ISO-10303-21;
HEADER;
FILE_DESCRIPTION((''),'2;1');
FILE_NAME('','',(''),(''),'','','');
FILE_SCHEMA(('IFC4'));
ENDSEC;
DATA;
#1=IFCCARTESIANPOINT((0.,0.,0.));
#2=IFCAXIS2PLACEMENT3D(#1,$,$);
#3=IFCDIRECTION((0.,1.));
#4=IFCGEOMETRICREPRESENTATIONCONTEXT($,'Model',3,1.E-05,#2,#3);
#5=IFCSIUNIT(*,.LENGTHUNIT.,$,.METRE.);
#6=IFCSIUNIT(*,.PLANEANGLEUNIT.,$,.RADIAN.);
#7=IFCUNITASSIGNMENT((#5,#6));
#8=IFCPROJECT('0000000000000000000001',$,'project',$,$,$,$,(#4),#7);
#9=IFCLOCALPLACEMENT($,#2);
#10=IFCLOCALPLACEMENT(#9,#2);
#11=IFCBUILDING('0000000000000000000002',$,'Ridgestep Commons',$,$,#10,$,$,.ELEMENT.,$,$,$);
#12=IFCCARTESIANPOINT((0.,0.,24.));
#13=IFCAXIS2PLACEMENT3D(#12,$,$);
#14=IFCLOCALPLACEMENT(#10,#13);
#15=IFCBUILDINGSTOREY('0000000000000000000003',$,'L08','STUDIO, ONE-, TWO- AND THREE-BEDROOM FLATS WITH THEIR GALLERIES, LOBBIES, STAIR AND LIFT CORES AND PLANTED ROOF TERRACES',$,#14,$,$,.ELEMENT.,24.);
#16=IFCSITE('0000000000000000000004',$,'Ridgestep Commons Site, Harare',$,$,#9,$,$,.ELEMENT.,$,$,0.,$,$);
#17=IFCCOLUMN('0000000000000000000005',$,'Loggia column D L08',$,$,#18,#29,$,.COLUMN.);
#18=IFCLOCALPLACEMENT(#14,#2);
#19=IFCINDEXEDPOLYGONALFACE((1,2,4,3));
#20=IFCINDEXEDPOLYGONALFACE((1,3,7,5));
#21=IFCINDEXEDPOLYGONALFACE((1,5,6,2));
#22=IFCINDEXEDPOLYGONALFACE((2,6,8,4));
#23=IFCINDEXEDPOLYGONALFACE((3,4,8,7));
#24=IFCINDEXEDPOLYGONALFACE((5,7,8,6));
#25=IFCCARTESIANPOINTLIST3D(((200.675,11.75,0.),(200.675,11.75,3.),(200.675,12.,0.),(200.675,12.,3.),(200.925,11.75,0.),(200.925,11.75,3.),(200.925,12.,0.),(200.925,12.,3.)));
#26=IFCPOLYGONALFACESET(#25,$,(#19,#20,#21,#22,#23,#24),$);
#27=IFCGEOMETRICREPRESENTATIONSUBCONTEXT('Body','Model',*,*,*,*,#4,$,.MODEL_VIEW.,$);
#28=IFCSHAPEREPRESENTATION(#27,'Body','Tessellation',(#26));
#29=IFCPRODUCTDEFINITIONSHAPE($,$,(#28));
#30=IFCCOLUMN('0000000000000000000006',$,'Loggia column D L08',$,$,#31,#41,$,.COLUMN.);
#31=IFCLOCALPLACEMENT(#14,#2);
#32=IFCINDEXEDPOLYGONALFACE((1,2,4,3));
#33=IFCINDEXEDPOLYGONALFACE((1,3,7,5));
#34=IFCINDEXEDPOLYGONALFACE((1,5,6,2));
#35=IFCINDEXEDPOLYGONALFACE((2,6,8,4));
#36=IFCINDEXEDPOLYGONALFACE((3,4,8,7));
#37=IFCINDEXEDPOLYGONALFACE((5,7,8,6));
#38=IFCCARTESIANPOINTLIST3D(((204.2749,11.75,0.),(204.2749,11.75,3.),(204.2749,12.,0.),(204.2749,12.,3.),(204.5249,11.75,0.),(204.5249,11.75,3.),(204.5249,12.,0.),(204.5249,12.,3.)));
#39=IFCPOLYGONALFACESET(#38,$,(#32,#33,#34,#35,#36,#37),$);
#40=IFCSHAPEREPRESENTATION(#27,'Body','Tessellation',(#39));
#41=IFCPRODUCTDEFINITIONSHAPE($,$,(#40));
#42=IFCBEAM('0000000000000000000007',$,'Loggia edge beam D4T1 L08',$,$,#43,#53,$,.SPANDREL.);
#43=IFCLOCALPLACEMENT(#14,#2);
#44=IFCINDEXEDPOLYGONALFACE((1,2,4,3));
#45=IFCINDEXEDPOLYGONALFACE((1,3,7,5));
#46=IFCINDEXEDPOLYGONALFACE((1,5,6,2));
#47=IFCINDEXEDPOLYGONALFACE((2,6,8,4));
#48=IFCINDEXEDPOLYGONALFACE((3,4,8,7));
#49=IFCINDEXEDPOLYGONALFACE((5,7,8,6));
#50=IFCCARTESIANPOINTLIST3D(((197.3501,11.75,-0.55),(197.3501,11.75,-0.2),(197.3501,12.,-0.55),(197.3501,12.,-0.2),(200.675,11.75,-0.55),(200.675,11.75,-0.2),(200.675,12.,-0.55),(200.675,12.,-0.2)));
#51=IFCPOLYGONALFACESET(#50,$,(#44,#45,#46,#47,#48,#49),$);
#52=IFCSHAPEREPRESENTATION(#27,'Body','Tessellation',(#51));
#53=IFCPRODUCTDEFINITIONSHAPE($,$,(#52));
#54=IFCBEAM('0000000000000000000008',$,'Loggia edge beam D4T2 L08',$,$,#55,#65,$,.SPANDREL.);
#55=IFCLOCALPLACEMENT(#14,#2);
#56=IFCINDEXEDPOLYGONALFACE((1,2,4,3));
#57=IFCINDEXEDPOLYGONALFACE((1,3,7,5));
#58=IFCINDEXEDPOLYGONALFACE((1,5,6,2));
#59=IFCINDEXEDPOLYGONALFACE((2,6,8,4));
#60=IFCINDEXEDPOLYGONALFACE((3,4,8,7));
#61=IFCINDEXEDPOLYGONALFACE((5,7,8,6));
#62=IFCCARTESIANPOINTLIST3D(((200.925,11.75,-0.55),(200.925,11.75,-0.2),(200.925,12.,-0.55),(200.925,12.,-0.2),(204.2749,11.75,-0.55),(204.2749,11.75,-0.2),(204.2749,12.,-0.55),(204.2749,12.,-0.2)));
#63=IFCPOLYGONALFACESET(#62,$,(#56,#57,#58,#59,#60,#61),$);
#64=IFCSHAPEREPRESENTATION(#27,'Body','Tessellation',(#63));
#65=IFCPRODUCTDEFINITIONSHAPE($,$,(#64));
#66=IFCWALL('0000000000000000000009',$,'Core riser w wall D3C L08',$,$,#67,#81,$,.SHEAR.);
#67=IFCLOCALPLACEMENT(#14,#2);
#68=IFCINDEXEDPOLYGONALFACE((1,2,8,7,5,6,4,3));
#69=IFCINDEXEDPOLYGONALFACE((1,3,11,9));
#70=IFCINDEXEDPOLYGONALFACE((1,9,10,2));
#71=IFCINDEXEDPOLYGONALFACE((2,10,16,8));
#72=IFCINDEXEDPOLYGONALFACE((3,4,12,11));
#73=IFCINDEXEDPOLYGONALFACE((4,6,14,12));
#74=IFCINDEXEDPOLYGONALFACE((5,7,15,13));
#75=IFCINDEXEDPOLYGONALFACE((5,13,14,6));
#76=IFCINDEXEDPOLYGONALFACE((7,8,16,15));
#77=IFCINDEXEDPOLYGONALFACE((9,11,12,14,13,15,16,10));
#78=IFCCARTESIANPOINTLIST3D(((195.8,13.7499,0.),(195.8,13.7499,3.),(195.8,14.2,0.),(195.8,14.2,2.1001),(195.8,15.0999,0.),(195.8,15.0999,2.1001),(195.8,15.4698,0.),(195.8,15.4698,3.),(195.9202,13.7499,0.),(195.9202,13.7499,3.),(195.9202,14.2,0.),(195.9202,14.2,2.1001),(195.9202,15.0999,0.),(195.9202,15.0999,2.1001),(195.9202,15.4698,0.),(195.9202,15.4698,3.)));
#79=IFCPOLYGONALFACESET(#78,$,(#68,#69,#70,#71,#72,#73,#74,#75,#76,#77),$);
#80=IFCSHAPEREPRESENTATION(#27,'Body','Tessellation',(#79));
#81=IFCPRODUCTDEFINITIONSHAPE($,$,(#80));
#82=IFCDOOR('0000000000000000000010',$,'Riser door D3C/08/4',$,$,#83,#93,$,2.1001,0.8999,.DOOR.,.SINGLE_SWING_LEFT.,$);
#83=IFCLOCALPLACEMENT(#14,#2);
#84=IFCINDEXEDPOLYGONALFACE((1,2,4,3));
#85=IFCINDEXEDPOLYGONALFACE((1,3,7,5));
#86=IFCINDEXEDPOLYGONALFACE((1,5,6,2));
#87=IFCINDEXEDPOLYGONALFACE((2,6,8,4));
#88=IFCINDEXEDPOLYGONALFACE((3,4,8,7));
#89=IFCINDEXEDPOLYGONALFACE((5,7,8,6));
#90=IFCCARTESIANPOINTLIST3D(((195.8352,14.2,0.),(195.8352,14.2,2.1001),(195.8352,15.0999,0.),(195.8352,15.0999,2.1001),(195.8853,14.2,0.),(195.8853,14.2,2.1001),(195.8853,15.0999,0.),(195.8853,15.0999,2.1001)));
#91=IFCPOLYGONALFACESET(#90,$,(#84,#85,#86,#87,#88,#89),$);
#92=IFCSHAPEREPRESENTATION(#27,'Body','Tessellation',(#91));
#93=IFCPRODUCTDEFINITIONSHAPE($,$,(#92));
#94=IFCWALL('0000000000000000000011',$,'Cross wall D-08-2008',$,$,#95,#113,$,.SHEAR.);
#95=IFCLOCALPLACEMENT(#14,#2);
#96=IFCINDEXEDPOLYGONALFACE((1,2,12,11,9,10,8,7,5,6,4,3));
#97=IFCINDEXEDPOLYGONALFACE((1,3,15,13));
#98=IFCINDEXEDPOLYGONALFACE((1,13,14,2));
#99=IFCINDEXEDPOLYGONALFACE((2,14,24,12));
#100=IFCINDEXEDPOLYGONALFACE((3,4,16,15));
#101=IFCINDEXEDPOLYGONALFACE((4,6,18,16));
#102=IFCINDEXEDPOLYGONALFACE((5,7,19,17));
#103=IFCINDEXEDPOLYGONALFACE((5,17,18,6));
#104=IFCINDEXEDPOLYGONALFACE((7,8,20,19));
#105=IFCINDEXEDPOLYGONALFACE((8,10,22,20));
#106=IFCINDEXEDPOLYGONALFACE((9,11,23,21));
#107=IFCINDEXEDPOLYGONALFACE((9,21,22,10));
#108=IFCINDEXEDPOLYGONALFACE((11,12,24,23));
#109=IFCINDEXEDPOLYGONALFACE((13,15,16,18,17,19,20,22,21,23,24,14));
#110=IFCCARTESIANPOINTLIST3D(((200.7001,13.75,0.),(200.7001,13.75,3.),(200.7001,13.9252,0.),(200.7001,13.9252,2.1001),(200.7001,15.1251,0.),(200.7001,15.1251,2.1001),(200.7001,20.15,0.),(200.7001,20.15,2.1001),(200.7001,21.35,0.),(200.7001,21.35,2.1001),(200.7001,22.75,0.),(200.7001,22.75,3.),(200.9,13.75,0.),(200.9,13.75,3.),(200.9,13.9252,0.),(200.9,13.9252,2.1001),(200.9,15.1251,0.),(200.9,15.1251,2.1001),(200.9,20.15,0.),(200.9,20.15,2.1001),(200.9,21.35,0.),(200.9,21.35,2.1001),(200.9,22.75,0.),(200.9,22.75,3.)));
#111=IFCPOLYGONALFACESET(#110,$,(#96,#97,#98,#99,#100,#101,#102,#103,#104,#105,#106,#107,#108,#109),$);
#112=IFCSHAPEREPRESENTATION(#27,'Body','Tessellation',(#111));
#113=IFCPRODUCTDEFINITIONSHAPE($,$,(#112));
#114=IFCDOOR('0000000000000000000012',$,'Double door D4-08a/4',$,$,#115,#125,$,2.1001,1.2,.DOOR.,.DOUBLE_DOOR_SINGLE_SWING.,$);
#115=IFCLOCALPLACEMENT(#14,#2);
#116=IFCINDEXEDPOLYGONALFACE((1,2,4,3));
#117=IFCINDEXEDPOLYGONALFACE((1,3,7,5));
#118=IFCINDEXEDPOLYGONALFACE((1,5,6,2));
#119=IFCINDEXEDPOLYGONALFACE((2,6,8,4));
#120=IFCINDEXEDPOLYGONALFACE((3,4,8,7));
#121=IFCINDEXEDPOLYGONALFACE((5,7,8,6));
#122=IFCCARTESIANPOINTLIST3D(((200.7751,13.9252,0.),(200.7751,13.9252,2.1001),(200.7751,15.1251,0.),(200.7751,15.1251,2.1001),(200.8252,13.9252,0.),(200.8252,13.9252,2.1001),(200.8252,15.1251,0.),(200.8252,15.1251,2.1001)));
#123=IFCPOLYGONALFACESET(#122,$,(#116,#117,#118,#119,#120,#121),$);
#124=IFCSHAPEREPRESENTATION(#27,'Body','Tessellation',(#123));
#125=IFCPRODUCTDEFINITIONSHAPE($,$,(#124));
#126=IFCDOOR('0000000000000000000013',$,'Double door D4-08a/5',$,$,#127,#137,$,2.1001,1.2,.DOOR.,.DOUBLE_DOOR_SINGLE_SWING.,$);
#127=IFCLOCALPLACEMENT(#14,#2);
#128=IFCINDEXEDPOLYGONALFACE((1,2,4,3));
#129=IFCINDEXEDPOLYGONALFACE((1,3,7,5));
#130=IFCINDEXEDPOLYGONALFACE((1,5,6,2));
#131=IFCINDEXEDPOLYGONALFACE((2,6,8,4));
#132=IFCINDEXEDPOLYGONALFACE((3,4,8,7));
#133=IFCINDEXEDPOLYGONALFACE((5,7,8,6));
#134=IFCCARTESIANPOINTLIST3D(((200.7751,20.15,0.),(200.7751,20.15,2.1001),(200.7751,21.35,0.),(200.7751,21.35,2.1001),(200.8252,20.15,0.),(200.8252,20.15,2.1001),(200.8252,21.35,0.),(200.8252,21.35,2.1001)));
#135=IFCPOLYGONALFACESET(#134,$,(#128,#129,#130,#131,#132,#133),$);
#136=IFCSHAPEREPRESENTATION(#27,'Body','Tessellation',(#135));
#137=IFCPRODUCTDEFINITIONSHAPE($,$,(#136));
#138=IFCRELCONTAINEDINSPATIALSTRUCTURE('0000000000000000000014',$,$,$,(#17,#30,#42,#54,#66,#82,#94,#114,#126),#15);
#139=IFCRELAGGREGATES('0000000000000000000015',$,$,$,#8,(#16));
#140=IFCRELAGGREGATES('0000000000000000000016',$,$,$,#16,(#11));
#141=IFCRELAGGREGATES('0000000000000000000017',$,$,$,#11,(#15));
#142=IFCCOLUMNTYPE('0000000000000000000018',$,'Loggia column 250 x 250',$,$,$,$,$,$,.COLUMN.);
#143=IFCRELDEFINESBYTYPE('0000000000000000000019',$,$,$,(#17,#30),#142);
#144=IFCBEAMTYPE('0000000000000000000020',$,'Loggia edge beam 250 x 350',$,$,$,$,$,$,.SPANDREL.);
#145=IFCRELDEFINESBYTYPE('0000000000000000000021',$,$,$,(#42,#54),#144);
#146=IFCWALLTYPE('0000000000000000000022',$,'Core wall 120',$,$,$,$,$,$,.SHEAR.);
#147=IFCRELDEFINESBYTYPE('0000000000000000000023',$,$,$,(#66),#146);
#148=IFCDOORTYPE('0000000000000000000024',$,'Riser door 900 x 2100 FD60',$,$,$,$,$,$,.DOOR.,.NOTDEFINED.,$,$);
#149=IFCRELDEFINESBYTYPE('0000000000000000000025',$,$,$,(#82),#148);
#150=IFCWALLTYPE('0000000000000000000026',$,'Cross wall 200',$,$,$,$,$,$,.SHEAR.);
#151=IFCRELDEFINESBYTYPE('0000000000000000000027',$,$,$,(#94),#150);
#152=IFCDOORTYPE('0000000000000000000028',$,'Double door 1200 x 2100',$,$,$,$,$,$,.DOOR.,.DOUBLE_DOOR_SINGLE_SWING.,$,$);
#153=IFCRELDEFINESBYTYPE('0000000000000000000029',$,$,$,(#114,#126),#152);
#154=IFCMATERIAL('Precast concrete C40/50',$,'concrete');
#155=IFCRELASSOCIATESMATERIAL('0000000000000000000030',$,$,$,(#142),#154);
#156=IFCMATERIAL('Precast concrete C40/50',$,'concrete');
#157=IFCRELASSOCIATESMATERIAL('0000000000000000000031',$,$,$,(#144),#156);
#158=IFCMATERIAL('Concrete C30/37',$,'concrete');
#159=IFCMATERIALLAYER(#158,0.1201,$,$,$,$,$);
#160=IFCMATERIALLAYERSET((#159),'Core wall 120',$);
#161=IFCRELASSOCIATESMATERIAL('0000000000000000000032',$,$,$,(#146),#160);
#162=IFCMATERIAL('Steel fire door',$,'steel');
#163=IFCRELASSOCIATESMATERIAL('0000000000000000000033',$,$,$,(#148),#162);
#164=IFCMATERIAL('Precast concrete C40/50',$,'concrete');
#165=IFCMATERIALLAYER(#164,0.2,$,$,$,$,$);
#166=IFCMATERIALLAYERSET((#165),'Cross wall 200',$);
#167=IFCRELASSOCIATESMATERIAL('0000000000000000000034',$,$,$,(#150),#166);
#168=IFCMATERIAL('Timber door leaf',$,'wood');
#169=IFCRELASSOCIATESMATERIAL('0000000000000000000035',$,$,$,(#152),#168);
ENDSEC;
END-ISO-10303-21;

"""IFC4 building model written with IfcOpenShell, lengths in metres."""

from ifc_helpers import new_model, si_unit, direction, frame, frame_2d, origin, origin_2d, place, context, subcontext, project, spatial, rectangle, extrude, material, layer, layer_set, material_profile, profile_set, type_object, element, fill, save


model = new_model("IFC4")

# Units and contexts
model_context = context("Model", 3, precision=1e-05, world=origin(), true_north=direction((0.0, 1.0)))
body_context = subcontext(model_context, "Body", "Model", "MODEL_VIEW")
ifc_project = project(units=[si_unit("LENGTHUNIT", "METRE"), si_unit("PLANEANGLEUNIT", "RADIAN")], contexts=[model_context])

# Site, building, storey
site_placement = place(None, origin())
site = spatial("IfcSite", under=ifc_project, at=site_placement, Name="Ridgestep Commons Site, Harare", CompositionType="ELEMENT", RefElevation=0.0)
building_placement = place(site_placement, origin())
building = spatial("IfcBuilding", under=site, at=building_placement, Name="Ridgestep Commons", CompositionType="ELEMENT")
storey_placement = place(building_placement, frame((0.0, 0.0, 24.0)))
storey = spatial("IfcBuildingStorey", under=building, at=storey_placement, Name="L08", Description="STUDIO, ONE-, TWO- AND THREE-BEDROOM FLATS WITH THEIR GALLERIES, LOBBIES, STAIR AND LIFT CORES AND PLANTED ROOF TERRACES", CompositionType="ELEMENT", Elevation=24.0)

# Columns
ifc_material_1 = material(Name="Precast concrete C40/50", Category="concrete")
ifc_material_profile_1 = material_profile(ifc_material_1, rectangle(XDim=0.25, YDim=0.25, at=origin_2d()), Name="PC 250x250")
ifc_profile_set_1 = profile_set([ifc_material_profile_1], Name="Precast concrete C40/50")
column_type = type_object("IfcColumnType", Name="Loggia column 250 x 250", PredefinedType="COLUMN", material=ifc_profile_set_1)
for number, where, z_axis, x_axis, name in (
    (1, (200.8, 11.875, 0.0), (0.0, 0.0, 1.0), (1.0, 0.0, 0.0), "Loggia column D L08"),
    (2, (204.3999, 11.875, 0.0), (0.0, 0.0, 1.0), (1.0, 0.0, 0.0), "Loggia column D L08"),
):
    element("IfcColumn", number, at=place(storey_placement, frame(where, z_axis=z_axis, x_axis=x_axis)), inside=storey, type_object=column_type, Name=name, PredefinedType="COLUMN", context=body_context, shape_type="SweptSolid", body=[
        extrude(rectangle(XDim=0.25, YDim=0.25, at=origin_2d()), origin(), (0.0, 0.0, 1.0), 3.0),
    ])

# Beams
ifc_material_2 = material(Name="Precast concrete C40/50", Category="concrete")
ifc_material_profile_2 = material_profile(ifc_material_2, rectangle(XDim=0.25, YDim=0.3501, at=origin_2d()), Name="PC 250x350")
ifc_profile_set_2 = profile_set([ifc_material_profile_2], Name="Precast concrete C40/50")
beam_type = type_object("IfcBeamType", Name="Loggia edge beam 250 x 350", PredefinedType="SPANDREL", material=ifc_profile_set_2)
beam_1_placement = place(storey_placement, frame((197.3501, 11.875, -0.375), z_axis=(1.0, 0.0, 0.0), x_axis=(0.0, 1.0, 0.0)))
element("IfcBeam", 3, at=beam_1_placement, inside=storey, type_object=beam_type, Name="Loggia edge beam D4T1 L08", PredefinedType="SPANDREL", context=body_context, shape_type="SweptSolid", body=[
    extrude(rectangle(XDim=0.25, YDim=0.3501, at=origin_2d()), origin(), (0.0, 0.0, 1.0), 3.325),
])
beam_2_placement = place(storey_placement, frame((200.925, 11.875, -0.375), z_axis=(1.0, 0.0, 0.0), x_axis=(0.0, 1.0, 0.0)))
element("IfcBeam", 4, at=beam_2_placement, inside=storey, type_object=beam_type, Name="Loggia edge beam D4T2 L08", PredefinedType="SPANDREL", context=body_context, shape_type="SweptSolid", body=[
    extrude(rectangle(XDim=0.25, YDim=0.3501, at=origin_2d()), origin(), (0.0, 0.0, 1.0), 3.3499),
])

# Wall, opening, door
ifc_material_3 = material(Name="Concrete C30/37", Category="concrete")
ifc_layer_1 = layer(ifc_material_3, 0.1201)
ifc_layer_set_1 = layer_set([ifc_layer_1], Name="Core wall 120")
wall_type_1 = type_object("IfcWallType", Name="Core wall 120", PredefinedType="SHEAR", material=ifc_layer_set_1)
wall_1_placement = place(storey_placement, frame((195.8601, 13.75, 0.0), z_axis=(0.0, 0.0, 1.0), x_axis=(0.0, 1.0, 0.0)))
wall_1 = element("IfcWall", 5, at=wall_1_placement, inside=storey, type_object=wall_type_1, Name="Core riser w wall D3C L08", PredefinedType="SHEAR", context=body_context, shape_type="SweptSolid", body=[
    extrude(rectangle(XDim=1.72, YDim=0.1201, at=frame_2d((0.8599, 0.0))), origin(), (0.0, 0.0, 1.0), 3.0),
])
opening_1_placement = place(wall_1_placement, frame((0.45, 0.0, 0.0)))
opening_1 = element("IfcOpeningElement", 6, at=opening_1_placement, cuts=wall_1, PredefinedType="OPENING", context=body_context, shape_type="SweptSolid", body=[
    extrude(rectangle(XDim=0.8999, YDim=2.1001, at=frame_2d((0.45, 1.05))), frame((0.0, 0.0701, 0.0), z_axis=(0.0, -1.0, 0.0), x_axis=(1.0, 0.0, 0.0)), (0.0, 0.0, 1.0), 0.1401),
])
ifc_material_4 = material(Name="Steel fire door", Category="steel")
door_type_1 = type_object("IfcDoorType", Name="Riser door 900 x 2100 FD60", OperationType="NOTDEFINED", PredefinedType="DOOR", material=ifc_material_4)
door_1_placement = place(opening_1_placement, origin())
door_1 = element("IfcDoor", 7, at=door_1_placement, inside=storey, type_object=door_type_1, Name="Riser door D3C/08/4", OperationType="SINGLE_SWING_LEFT", OverallHeight=2.1001, OverallWidth=0.8999, PredefinedType="DOOR", context=body_context, shape_type="SweptSolid", body=[
    extrude(rectangle(XDim=0.8999, YDim=2.1001, at=frame_2d((0.45, 1.05))), frame((0.0, 0.0249, 0.0), z_axis=(0.0, -1.0, 0.0), x_axis=(1.0, 0.0, 0.0)), (0.0, 0.0, 1.0), 0.05),
])
fill(opening_1, door_1)

# Wall, openings, doors
ifc_material_5 = material(Name="Precast concrete C40/50", Category="concrete")
ifc_layer_2 = layer(ifc_material_5, 0.2)
ifc_layer_set_2 = layer_set([ifc_layer_2], Name="Cross wall 200")
wall_type_2 = type_object("IfcWallType", Name="Cross wall 200", PredefinedType="SHEAR", material=ifc_layer_set_2)
wall_2_placement = place(storey_placement, frame((200.8, 13.75, 0.0), z_axis=(0.0, 0.0, 1.0), x_axis=(0.0, 1.0, 0.0)))
wall_2 = element("IfcWall", 8, at=wall_2_placement, inside=storey, type_object=wall_type_2, Name="Cross wall D-08-2008", PredefinedType="SHEAR", context=body_context, shape_type="SweptSolid", body=[
    extrude(rectangle(XDim=9.0, YDim=0.2, at=frame_2d((4.5, 0.0))), origin(), (0.0, 0.0, 1.0), 3.0),
])
opening_2_placement = place(wall_2_placement, frame((0.175, 0.0, 0.0)))
opening_2 = element("IfcOpeningElement", 9, at=opening_2_placement, cuts=wall_2, PredefinedType="OPENING", context=body_context, shape_type="SweptSolid", body=[
    extrude(rectangle(XDim=1.2, YDim=2.1001, at=frame_2d((0.6001, 1.05))), frame((0.0, 0.1099, 0.0), z_axis=(0.0, -1.0, 0.0), x_axis=(1.0, 0.0, 0.0)), (0.0, 0.0, 1.0), 0.22),
])
opening_3_placement = place(wall_2_placement, frame((6.3999, 0.0, 0.0)))
opening_3 = element("IfcOpeningElement", 10, at=opening_3_placement, cuts=wall_2, PredefinedType="OPENING", context=body_context, shape_type="SweptSolid", body=[
    extrude(rectangle(XDim=1.2, YDim=2.1001, at=frame_2d((0.6001, 1.05))), frame((0.0, 0.1099, 0.0), z_axis=(0.0, -1.0, 0.0), x_axis=(1.0, 0.0, 0.0)), (0.0, 0.0, 1.0), 0.22),
])
ifc_material_6 = material(Name="Timber door leaf", Category="wood")
door_type_2 = type_object("IfcDoorType", Name="Double door 1200 x 2100", OperationType="DOUBLE_DOOR_SINGLE_SWING", PredefinedType="DOOR", material=ifc_material_6)
door_2_placement = place(opening_2_placement, origin())
door_2 = element("IfcDoor", 11, at=door_2_placement, inside=storey, type_object=door_type_2, Name="Double door D4-08a/4", OperationType="DOUBLE_DOOR_SINGLE_SWING", OverallHeight=2.1001, OverallWidth=1.2, PredefinedType="DOOR", context=body_context, shape_type="SweptSolid", body=[
    extrude(rectangle(XDim=1.2, YDim=2.1001, at=frame_2d((0.6001, 1.05))), frame((0.0, 0.0249, 0.0), z_axis=(0.0, -1.0, 0.0), x_axis=(1.0, 0.0, 0.0)), (0.0, 0.0, 1.0), 0.05),
])
fill(opening_2, door_2)
door_3_placement = place(opening_3_placement, origin())
door_3 = element("IfcDoor", 12, at=door_3_placement, inside=storey, type_object=door_type_2, Name="Double door D4-08a/5", OperationType="DOUBLE_DOOR_SINGLE_SWING", OverallHeight=2.1001, OverallWidth=1.2, PredefinedType="DOOR", context=body_context, shape_type="SweptSolid", body=[
    extrude(rectangle(XDim=1.2, YDim=2.1001, at=frame_2d((0.6001, 1.05))), frame((0.0, 0.0249, 0.0), z_axis=(0.0, -1.0, 0.0), x_axis=(1.0, 0.0, 0.0)), (0.0, 0.0, 1.0), 0.05),
])
fill(opening_3, door_3)

save(model, "model.ifc")
